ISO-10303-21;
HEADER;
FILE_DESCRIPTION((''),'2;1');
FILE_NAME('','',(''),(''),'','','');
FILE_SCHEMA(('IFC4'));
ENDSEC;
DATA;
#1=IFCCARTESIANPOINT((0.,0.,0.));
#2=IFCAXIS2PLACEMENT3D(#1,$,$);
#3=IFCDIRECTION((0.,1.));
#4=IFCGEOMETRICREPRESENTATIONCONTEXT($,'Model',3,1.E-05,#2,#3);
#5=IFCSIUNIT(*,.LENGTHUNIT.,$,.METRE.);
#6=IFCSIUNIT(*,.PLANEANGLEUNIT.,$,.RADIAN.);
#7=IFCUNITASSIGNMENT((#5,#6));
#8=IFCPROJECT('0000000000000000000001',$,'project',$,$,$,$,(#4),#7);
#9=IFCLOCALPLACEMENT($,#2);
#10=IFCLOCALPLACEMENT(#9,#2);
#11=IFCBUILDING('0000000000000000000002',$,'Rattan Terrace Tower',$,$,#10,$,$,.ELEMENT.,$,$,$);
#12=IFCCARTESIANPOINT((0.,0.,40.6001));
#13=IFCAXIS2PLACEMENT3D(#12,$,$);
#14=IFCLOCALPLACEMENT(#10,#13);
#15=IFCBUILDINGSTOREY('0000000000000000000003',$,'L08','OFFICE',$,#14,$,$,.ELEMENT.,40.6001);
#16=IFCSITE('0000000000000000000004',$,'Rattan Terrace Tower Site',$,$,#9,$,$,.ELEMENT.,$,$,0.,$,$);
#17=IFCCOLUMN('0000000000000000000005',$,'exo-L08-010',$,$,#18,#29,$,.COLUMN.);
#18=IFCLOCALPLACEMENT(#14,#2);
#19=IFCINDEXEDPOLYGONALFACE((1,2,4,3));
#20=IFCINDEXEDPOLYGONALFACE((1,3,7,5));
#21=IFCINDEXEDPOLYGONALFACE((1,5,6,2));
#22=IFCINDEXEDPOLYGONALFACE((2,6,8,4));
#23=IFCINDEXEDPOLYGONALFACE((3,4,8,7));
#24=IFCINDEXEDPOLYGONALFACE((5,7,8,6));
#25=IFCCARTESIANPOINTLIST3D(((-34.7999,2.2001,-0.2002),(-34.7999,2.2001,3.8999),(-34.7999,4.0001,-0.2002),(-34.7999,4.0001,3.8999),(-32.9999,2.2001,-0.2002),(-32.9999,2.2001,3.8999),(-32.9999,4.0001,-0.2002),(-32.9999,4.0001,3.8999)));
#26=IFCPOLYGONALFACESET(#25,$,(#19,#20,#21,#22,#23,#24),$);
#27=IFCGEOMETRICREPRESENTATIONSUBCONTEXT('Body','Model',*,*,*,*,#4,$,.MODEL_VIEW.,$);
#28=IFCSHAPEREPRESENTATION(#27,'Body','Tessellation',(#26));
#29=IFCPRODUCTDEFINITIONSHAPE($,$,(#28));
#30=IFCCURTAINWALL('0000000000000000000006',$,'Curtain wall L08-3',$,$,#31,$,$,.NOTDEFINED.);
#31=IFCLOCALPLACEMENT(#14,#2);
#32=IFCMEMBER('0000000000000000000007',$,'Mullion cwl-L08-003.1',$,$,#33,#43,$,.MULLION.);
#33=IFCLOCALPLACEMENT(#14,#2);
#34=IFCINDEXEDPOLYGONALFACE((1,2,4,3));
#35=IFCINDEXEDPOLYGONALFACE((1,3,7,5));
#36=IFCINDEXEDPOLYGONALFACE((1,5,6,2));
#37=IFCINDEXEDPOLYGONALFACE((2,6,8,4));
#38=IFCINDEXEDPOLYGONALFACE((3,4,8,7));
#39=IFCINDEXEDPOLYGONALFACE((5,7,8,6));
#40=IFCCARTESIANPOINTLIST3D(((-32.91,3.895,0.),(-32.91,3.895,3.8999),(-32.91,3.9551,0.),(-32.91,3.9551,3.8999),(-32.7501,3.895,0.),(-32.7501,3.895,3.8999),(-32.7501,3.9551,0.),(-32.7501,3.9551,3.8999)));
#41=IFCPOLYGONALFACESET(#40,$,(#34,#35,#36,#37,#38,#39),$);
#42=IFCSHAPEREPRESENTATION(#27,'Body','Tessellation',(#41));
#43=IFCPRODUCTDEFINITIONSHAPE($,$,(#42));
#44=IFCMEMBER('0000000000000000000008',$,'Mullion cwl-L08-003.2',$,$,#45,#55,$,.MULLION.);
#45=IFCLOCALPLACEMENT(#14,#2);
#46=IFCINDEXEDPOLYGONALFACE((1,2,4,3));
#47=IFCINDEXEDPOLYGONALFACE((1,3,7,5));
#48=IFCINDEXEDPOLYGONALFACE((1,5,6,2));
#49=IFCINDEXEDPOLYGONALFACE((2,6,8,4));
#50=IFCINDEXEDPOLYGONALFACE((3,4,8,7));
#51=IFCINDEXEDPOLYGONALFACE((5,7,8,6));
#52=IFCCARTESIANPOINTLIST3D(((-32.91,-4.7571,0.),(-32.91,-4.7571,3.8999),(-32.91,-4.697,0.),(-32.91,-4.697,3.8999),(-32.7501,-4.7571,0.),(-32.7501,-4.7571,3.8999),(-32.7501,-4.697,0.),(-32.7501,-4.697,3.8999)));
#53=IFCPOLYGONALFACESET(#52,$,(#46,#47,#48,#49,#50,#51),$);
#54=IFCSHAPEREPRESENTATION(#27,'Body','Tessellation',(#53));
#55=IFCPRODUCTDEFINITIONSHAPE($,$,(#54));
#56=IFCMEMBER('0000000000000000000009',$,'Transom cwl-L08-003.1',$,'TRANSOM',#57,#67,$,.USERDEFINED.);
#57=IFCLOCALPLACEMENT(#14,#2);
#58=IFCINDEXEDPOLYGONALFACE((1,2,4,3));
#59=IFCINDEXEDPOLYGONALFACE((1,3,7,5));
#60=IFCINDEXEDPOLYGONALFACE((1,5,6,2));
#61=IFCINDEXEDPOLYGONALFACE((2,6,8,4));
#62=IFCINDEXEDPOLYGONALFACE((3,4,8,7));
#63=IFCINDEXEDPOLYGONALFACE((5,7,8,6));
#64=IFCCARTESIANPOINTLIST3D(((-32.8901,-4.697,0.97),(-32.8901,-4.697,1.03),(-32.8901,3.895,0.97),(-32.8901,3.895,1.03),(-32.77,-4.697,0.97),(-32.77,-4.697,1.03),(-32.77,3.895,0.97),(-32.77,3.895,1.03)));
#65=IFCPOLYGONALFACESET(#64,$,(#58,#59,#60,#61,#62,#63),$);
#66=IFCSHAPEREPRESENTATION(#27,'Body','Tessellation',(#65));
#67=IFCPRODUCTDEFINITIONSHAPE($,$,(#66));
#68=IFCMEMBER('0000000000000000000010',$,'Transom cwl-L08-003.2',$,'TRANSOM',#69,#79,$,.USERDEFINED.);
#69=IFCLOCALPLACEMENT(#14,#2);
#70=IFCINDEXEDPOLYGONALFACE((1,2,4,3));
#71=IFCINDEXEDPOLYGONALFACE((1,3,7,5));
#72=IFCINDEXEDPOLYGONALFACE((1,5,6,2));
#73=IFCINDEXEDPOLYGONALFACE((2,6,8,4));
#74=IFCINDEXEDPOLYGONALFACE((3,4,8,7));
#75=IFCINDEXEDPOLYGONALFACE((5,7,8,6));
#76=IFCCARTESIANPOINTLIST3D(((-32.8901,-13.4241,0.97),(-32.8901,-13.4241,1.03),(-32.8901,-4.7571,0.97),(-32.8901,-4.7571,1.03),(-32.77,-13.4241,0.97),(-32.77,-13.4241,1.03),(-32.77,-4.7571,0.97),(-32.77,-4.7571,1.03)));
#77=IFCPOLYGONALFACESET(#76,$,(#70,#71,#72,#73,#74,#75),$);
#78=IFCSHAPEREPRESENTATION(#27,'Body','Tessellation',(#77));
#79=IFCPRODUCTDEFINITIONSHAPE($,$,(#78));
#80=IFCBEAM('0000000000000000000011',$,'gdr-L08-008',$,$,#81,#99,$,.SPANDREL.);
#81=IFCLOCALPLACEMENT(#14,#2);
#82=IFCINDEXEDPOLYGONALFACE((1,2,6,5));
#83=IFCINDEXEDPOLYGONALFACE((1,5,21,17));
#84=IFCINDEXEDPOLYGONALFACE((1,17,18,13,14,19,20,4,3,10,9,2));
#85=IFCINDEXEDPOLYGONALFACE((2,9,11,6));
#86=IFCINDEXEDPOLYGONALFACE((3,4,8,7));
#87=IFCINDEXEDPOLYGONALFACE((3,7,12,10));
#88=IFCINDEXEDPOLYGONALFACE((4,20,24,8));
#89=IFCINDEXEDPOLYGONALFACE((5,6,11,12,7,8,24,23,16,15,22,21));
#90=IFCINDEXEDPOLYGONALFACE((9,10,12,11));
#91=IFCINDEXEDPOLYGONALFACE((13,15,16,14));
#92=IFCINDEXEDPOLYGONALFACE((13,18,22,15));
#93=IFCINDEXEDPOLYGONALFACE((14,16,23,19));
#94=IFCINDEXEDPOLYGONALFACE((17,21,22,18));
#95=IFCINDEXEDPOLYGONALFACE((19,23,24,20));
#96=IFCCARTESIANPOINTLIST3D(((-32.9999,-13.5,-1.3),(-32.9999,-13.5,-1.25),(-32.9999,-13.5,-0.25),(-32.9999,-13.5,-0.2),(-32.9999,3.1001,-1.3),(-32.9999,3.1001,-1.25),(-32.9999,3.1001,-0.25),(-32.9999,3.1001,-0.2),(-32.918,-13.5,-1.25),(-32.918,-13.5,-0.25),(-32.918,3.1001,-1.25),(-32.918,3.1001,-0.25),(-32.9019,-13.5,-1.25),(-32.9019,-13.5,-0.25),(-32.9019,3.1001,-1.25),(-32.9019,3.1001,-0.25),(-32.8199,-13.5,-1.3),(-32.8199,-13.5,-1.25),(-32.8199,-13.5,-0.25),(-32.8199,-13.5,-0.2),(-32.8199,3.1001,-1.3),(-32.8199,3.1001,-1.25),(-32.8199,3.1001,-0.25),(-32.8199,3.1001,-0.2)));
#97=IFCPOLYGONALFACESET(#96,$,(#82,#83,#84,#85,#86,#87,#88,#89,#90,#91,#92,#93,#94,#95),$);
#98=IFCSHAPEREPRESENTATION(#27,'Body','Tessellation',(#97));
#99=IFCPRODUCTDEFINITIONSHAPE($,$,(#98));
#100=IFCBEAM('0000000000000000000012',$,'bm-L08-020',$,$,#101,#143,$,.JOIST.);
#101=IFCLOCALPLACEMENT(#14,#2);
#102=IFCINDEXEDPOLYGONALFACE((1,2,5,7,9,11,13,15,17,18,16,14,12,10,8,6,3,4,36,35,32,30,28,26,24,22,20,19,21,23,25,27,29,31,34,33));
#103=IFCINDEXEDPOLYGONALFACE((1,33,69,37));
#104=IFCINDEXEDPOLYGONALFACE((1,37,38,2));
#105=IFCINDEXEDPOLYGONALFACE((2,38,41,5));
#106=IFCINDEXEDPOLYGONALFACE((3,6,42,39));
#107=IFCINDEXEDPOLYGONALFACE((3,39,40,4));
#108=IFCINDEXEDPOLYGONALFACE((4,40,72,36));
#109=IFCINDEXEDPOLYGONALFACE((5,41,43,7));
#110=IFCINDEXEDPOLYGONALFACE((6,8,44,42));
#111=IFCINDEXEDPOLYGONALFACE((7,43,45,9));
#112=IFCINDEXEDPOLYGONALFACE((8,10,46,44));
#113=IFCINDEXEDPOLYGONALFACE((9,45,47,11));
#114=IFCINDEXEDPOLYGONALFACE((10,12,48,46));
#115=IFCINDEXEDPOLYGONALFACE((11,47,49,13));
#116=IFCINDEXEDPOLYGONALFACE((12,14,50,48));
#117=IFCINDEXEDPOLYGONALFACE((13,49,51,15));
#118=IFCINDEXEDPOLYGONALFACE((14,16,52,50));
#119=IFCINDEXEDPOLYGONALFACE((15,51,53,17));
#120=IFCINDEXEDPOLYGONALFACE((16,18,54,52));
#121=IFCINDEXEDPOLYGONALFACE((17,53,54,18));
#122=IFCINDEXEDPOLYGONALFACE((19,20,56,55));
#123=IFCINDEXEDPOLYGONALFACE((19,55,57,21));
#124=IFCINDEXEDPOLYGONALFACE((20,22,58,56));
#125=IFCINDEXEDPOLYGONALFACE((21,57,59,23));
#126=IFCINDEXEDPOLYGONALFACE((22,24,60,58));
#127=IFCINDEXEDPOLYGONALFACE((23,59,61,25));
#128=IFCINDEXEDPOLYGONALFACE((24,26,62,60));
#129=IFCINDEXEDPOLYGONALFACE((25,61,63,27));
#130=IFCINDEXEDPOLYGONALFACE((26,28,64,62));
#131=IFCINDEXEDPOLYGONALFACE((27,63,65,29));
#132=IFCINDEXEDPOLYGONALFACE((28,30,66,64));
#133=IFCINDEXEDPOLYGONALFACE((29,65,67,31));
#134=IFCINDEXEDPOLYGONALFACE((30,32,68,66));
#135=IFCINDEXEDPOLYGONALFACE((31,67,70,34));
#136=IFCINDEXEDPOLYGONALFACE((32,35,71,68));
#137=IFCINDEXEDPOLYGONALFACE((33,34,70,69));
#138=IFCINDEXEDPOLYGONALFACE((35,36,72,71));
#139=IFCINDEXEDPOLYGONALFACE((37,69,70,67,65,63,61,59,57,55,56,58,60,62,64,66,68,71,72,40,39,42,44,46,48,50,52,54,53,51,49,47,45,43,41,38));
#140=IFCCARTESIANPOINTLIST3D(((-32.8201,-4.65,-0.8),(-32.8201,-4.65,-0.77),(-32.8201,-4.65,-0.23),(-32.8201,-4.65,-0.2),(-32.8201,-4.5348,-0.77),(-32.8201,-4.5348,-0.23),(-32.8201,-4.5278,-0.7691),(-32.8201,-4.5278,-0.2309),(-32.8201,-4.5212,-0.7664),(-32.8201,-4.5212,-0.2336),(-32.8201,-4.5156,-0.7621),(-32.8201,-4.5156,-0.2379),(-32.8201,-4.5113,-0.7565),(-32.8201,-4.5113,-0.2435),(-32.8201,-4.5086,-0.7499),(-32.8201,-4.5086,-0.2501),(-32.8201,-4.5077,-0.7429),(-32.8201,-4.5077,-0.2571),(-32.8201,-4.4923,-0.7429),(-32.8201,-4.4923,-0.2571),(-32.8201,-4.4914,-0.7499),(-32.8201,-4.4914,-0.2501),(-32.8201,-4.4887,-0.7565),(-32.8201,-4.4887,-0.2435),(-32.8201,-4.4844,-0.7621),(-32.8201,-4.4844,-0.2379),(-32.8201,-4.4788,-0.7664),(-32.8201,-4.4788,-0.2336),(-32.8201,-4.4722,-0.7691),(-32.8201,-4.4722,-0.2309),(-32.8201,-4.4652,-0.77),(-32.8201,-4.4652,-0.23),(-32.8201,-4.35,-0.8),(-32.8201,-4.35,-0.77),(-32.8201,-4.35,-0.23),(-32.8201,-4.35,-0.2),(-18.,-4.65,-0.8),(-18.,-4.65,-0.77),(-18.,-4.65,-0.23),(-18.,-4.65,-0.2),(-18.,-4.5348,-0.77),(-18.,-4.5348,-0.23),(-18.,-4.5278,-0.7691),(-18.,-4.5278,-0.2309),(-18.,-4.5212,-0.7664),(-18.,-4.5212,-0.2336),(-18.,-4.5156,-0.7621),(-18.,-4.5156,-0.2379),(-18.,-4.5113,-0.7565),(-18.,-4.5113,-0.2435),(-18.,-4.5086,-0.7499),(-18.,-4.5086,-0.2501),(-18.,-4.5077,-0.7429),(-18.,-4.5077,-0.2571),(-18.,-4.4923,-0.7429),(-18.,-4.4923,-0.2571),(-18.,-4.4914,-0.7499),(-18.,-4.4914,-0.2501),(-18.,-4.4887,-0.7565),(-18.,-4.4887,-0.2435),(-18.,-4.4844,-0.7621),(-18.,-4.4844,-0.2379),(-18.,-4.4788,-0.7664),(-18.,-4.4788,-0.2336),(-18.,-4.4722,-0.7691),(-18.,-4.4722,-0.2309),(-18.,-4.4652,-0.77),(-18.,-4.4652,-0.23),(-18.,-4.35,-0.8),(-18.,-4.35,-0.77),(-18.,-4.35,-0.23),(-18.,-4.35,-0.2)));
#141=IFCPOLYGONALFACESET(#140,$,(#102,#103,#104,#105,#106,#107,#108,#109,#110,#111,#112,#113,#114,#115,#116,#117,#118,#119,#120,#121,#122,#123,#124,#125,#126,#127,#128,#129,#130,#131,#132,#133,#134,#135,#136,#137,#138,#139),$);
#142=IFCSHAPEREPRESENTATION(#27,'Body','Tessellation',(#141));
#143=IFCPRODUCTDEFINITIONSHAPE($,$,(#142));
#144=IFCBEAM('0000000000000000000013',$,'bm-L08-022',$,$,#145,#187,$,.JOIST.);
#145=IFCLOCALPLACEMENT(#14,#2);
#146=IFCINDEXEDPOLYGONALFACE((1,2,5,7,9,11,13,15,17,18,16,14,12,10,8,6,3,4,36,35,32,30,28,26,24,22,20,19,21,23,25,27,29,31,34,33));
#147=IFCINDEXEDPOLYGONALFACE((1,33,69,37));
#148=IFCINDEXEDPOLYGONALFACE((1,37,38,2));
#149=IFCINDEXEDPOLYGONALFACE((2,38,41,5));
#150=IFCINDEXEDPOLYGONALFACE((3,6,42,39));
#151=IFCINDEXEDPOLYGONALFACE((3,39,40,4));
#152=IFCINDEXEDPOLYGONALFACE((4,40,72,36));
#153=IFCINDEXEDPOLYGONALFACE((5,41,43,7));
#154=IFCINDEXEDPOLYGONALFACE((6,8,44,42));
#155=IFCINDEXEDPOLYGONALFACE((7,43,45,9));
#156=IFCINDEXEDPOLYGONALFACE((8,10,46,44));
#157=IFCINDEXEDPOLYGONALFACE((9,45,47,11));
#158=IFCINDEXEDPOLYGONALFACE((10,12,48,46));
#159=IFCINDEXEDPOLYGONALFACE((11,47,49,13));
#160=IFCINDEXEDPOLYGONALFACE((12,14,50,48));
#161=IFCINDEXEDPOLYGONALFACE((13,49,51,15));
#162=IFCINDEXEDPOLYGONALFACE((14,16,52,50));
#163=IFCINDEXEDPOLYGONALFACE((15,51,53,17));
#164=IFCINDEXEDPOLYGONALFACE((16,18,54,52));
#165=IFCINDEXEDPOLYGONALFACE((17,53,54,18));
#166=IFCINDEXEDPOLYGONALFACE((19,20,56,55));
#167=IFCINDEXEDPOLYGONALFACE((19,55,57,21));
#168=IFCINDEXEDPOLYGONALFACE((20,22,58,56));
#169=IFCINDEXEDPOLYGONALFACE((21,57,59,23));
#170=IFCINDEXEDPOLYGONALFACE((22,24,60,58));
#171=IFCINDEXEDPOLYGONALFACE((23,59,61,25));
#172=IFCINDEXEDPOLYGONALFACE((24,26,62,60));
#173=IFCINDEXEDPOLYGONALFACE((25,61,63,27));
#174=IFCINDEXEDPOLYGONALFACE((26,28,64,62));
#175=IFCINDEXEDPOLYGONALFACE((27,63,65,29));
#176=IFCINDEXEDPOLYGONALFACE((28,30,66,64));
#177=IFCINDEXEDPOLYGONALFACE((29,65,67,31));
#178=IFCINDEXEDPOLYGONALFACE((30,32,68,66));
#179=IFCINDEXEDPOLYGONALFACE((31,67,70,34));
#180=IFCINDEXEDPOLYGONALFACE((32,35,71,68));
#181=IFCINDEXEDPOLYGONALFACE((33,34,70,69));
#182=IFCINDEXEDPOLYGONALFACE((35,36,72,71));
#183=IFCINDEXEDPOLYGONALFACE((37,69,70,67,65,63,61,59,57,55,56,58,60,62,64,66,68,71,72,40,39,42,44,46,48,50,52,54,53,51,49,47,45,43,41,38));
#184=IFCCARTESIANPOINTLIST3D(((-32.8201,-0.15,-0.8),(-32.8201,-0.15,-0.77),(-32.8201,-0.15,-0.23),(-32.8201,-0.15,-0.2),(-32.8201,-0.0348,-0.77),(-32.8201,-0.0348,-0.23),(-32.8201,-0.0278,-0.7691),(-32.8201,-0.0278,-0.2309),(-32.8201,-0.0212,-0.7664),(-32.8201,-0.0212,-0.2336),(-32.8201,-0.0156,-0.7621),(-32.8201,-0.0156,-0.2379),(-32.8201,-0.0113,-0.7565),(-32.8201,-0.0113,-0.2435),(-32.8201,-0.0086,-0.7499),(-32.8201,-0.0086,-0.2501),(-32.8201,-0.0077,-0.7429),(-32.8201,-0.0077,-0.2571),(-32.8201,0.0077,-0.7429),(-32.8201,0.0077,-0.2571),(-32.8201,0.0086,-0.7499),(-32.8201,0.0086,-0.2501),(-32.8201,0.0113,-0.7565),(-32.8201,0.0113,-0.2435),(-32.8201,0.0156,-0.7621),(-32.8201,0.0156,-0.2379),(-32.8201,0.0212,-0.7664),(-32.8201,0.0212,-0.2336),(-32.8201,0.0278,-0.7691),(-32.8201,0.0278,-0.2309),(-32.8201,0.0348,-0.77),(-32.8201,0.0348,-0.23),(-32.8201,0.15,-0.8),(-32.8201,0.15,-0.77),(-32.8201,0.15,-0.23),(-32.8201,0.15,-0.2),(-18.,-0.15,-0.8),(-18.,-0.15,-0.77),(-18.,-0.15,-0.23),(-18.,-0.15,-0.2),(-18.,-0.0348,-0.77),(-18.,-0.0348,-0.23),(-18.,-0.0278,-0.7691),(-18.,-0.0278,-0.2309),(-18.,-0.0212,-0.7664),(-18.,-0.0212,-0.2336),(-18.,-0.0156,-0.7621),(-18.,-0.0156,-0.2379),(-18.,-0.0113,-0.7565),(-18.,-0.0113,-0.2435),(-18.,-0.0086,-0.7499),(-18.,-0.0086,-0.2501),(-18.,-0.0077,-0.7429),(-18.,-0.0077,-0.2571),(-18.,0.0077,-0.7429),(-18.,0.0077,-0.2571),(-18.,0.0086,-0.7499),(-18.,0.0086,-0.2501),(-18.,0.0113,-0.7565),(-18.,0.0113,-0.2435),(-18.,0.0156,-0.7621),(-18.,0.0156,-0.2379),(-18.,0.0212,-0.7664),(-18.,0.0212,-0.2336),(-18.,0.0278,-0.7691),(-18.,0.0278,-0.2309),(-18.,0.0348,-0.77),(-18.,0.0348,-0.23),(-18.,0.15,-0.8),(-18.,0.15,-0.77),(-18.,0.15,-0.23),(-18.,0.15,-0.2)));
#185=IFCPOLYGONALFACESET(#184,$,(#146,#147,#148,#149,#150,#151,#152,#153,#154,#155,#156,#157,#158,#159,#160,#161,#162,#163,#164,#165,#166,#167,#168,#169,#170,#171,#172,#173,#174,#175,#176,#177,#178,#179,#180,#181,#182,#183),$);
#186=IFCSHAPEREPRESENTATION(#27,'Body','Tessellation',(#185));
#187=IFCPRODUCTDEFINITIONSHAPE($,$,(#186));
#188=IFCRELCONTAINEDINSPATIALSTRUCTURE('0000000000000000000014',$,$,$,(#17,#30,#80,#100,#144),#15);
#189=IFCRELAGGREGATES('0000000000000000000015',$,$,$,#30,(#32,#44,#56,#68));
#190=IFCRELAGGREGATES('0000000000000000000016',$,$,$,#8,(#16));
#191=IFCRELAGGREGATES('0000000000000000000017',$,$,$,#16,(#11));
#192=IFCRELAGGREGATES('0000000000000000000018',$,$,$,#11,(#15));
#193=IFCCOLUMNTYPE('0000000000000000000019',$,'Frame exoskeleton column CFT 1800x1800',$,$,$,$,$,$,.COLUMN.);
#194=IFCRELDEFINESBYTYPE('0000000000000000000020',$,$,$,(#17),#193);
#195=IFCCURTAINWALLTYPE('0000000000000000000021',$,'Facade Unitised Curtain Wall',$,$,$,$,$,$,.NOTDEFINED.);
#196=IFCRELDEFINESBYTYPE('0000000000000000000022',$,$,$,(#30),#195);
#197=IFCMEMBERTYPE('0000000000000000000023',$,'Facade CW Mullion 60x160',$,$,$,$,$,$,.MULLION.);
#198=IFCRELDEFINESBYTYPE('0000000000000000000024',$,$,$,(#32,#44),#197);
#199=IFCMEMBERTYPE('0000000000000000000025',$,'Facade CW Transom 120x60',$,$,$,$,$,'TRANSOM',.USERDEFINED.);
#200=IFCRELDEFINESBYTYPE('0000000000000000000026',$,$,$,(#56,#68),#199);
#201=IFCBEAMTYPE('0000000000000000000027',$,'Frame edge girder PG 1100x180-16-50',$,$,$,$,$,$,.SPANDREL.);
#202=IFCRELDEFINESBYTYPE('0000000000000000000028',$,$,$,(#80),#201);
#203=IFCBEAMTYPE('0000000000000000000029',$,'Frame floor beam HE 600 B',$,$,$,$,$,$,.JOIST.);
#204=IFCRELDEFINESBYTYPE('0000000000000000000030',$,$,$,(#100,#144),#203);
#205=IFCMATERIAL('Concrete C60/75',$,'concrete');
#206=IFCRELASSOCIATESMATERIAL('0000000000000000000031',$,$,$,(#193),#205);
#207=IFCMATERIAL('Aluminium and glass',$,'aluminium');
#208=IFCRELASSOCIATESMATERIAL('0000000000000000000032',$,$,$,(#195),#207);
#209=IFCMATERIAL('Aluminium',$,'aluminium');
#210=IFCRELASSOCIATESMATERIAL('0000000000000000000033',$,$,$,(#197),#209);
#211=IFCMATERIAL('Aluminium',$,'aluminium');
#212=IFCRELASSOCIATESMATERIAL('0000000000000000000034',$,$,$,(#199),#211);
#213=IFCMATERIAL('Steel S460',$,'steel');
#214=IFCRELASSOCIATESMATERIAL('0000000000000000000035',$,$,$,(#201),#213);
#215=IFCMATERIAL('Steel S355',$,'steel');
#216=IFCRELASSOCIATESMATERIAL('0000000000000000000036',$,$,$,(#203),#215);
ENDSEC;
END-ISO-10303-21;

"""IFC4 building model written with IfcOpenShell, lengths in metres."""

from ifc_helpers import new_model, si_unit, direction, frame, origin, origin_2d, place, context, subcontext, project, spatial, rectangle, i_section, extrude, material, material_profile, profile_set, type_object, element, aggregate, save


model = new_model("IFC4")

# Units and contexts
model_context = context("Model", 3, precision=1e-05, world=origin(), true_north=direction((0.0, 1.0)))
body_context = subcontext(model_context, "Body", "Model", "MODEL_VIEW")
ifc_project = project(units=[si_unit("LENGTHUNIT", "METRE"), si_unit("PLANEANGLEUNIT", "RADIAN")], contexts=[model_context])

# Site, building, storey
site_placement = place(None, origin())
site = spatial("IfcSite", under=ifc_project, at=site_placement, Name="Rattan Terrace Tower Site", CompositionType="ELEMENT", RefElevation=0.0)
building_placement = place(site_placement, origin())
building = spatial("IfcBuilding", under=site, at=building_placement, Name="Rattan Terrace Tower", CompositionType="ELEMENT")
storey_placement = place(building_placement, frame((0.0, 0.0, 40.6001)))
storey = spatial("IfcBuildingStorey", under=building, at=storey_placement, Name="L08", Description="OFFICE", CompositionType="ELEMENT", Elevation=40.6001)

# Column
ifc_material_1 = material(Name="Concrete C60/75", Category="concrete")
ifc_material_profile_1 = material_profile(ifc_material_1, rectangle(XDim=1.8, YDim=1.8, at=origin_2d()), Name="CFT 1800x1800")
ifc_profile_set_1 = profile_set([ifc_material_profile_1], Name="Concrete C60/75")
column_type = type_object("IfcColumnType", Name="Frame exoskeleton column CFT 1800x1800", PredefinedType="COLUMN", material=ifc_profile_set_1)
column_placement = place(storey_placement, frame((-33.8999, 3.1001, -0.2002), z_axis=(0.0, 0.0, 1.0), x_axis=(0.0, 1.0, 0.0)))
element("IfcColumn", 1, at=column_placement, inside=storey, type_object=column_type, Name="exo-L08-010", PredefinedType="COLUMN", context=body_context, shape_type="SweptSolid", body=[
    extrude(rectangle(XDim=1.8, YDim=1.8, at=origin_2d()), origin(), (0.0, 0.0, 1.0), 4.1001),
])

# Curtain wall, members
ifc_material_2 = material(Name="Aluminium and glass", Category="aluminium")
curtain_wall_type = type_object("IfcCurtainWallType", Name="Facade Unitised Curtain Wall", PredefinedType="NOTDEFINED", material=ifc_material_2)
curtain_wall_placement = place(storey_placement, origin())
curtain_wall = element("IfcCurtainWall", 2, at=curtain_wall_placement, inside=storey, type_object=curtain_wall_type, Name="Curtain wall L08-3", PredefinedType="NOTDEFINED")
ifc_material_3 = material(Name="Aluminium", Category="aluminium")
ifc_material_profile_2 = material_profile(ifc_material_3, rectangle(XDim=0.0601, YDim=0.1599, at=origin_2d()), Name="Aluminium 60x160")
ifc_profile_set_2 = profile_set([ifc_material_profile_2], Name="Aluminium")
member_type_1 = type_object("IfcMemberType", Name="Facade CW Mullion 60x160", PredefinedType="MULLION", material=ifc_profile_set_2)
member_1_placement = place(storey_placement, frame((-32.8301, 3.925, 0.0), z_axis=(0.0, 0.0, 1.0), x_axis=(0.0, -1.0, 0.0)))
member_1 = element("IfcMember", 3, at=member_1_placement, type_object=member_type_1, Name="Mullion cwl-L08-003.1", PredefinedType="MULLION", context=body_context, shape_type="SweptSolid", body=[
    extrude(rectangle(XDim=0.0601, YDim=0.1599, at=origin_2d()), origin(), (0.0, 0.0, 1.0), 3.8999),
])
member_2_placement = place(storey_placement, frame((-32.8301, -4.7271, 0.0), z_axis=(0.0, 0.0, 1.0), x_axis=(0.0, -1.0, 0.0)))
member_2 = element("IfcMember", 4, at=member_2_placement, type_object=member_type_1, Name="Mullion cwl-L08-003.2", PredefinedType="MULLION", context=body_context, shape_type="SweptSolid", body=[
    extrude(rectangle(XDim=0.0601, YDim=0.1599, at=origin_2d()), origin(), (0.0, 0.0, 1.0), 3.8999),
])
ifc_material_4 = material(Name="Aluminium", Category="aluminium")
ifc_material_profile_3 = material_profile(ifc_material_4, rectangle(XDim=0.1201, YDim=0.0601, at=origin_2d()), Name="Aluminium 120x60")
ifc_profile_set_3 = profile_set([ifc_material_profile_3], Name="Aluminium")
member_type_2 = type_object("IfcMemberType", Name="Facade CW Transom 120x60", ElementType="TRANSOM", PredefinedType="USERDEFINED", material=ifc_profile_set_3)
member_3_placement = place(storey_placement, frame((-32.8301, 3.895, 1.0), z_axis=(0.0, -1.0, 0.0), x_axis=(1.0, 0.0, 0.0)))
member_3 = element("IfcMember", 5, at=member_3_placement, type_object=member_type_2, Name="Transom cwl-L08-003.1", ObjectType="TRANSOM", PredefinedType="USERDEFINED", context=body_context, shape_type="SweptSolid", body=[
    extrude(rectangle(XDim=0.1201, YDim=0.0601, at=origin_2d()), origin(), (0.0, 0.0, 1.0), 8.592),
])
member_4_placement = place(storey_placement, frame((-32.8301, -4.7571, 1.0), z_axis=(0.0, -1.0, 0.0), x_axis=(1.0, 0.0, 0.0)))
member_4 = element("IfcMember", 6, at=member_4_placement, type_object=member_type_2, Name="Transom cwl-L08-003.2", ObjectType="TRANSOM", PredefinedType="USERDEFINED", context=body_context, shape_type="SweptSolid", body=[
    extrude(rectangle(XDim=0.1201, YDim=0.0601, at=origin_2d()), origin(), (0.0, 0.0, 1.0), 8.667),
])

# Beams
ifc_material_5 = material(Name="Steel S460", Category="steel")
ifc_material_profile_4 = material_profile(ifc_material_5, i_section(OverallWidth=0.1799, OverallDepth=1.1001, WebThickness=0.0161, FlangeThickness=0.05, at=origin_2d()), Name="PG 1100x180-16-50")
ifc_profile_set_4 = profile_set([ifc_material_profile_4], Name="Steel S460")
beam_type_1 = type_object("IfcBeamType", Name="Frame edge girder PG 1100x180-16-50", PredefinedType="SPANDREL", material=ifc_profile_set_4)
beam_placement = place(storey_placement, frame((-32.9099, 3.1001, -0.75), z_axis=(0.0, -1.0, 0.0), x_axis=(1.0, 0.0, 0.0)))
element("IfcBeam", 7, at=beam_placement, inside=storey, type_object=beam_type_1, Name="gdr-L08-008", PredefinedType="SPANDREL", context=body_context, shape_type="SweptSolid", body=[
    extrude(i_section(OverallWidth=0.1799, OverallDepth=1.1001, WebThickness=0.0161, FlangeThickness=0.05, at=origin_2d()), origin(), (0.0, 0.0, 1.0), 16.6001),
])
ifc_material_6 = material(Name="Steel S355", Category="steel")
ifc_material_profile_5 = material_profile(ifc_material_6, i_section(OverallWidth=0.3, OverallDepth=0.6001, WebThickness=0.0154, FlangeThickness=0.03, FilletRadius=0.0271, at=origin_2d()), Name="HE 600 B")
ifc_profile_set_5 = profile_set([ifc_material_profile_5], Name="Steel S355")
beam_type_2 = type_object("IfcBeamType", Name="Frame floor beam HE 600 B", PredefinedType="JOIST", material=ifc_profile_set_5)
for number, where, z_axis, x_axis, name in (
    (8, (-32.8201, -4.5, -0.5), (1.0, 0.0, 0.0), (0.0, 1.0, 0.0), "bm-L08-020"),
    (9, (-32.8201, 0.0, -0.5), (1.0, 0.0, 0.0), (0.0, 1.0, 0.0), "bm-L08-022"),
):
    element("IfcBeam", number, at=place(storey_placement, frame(where, z_axis=z_axis, x_axis=x_axis)), inside=storey, type_object=beam_type_2, Name=name, PredefinedType="JOIST", context=body_context, shape_type="SweptSolid", body=[
        extrude(i_section(OverallWidth=0.3, OverallDepth=0.6001, WebThickness=0.0154, FlangeThickness=0.03, FilletRadius=0.0271, at=origin_2d()), origin(), (0.0, 0.0, 1.0), 14.8201),
    ])

aggregate(curtain_wall, [member_1, member_2, member_3, member_4])

save(model, "model.ifc")
